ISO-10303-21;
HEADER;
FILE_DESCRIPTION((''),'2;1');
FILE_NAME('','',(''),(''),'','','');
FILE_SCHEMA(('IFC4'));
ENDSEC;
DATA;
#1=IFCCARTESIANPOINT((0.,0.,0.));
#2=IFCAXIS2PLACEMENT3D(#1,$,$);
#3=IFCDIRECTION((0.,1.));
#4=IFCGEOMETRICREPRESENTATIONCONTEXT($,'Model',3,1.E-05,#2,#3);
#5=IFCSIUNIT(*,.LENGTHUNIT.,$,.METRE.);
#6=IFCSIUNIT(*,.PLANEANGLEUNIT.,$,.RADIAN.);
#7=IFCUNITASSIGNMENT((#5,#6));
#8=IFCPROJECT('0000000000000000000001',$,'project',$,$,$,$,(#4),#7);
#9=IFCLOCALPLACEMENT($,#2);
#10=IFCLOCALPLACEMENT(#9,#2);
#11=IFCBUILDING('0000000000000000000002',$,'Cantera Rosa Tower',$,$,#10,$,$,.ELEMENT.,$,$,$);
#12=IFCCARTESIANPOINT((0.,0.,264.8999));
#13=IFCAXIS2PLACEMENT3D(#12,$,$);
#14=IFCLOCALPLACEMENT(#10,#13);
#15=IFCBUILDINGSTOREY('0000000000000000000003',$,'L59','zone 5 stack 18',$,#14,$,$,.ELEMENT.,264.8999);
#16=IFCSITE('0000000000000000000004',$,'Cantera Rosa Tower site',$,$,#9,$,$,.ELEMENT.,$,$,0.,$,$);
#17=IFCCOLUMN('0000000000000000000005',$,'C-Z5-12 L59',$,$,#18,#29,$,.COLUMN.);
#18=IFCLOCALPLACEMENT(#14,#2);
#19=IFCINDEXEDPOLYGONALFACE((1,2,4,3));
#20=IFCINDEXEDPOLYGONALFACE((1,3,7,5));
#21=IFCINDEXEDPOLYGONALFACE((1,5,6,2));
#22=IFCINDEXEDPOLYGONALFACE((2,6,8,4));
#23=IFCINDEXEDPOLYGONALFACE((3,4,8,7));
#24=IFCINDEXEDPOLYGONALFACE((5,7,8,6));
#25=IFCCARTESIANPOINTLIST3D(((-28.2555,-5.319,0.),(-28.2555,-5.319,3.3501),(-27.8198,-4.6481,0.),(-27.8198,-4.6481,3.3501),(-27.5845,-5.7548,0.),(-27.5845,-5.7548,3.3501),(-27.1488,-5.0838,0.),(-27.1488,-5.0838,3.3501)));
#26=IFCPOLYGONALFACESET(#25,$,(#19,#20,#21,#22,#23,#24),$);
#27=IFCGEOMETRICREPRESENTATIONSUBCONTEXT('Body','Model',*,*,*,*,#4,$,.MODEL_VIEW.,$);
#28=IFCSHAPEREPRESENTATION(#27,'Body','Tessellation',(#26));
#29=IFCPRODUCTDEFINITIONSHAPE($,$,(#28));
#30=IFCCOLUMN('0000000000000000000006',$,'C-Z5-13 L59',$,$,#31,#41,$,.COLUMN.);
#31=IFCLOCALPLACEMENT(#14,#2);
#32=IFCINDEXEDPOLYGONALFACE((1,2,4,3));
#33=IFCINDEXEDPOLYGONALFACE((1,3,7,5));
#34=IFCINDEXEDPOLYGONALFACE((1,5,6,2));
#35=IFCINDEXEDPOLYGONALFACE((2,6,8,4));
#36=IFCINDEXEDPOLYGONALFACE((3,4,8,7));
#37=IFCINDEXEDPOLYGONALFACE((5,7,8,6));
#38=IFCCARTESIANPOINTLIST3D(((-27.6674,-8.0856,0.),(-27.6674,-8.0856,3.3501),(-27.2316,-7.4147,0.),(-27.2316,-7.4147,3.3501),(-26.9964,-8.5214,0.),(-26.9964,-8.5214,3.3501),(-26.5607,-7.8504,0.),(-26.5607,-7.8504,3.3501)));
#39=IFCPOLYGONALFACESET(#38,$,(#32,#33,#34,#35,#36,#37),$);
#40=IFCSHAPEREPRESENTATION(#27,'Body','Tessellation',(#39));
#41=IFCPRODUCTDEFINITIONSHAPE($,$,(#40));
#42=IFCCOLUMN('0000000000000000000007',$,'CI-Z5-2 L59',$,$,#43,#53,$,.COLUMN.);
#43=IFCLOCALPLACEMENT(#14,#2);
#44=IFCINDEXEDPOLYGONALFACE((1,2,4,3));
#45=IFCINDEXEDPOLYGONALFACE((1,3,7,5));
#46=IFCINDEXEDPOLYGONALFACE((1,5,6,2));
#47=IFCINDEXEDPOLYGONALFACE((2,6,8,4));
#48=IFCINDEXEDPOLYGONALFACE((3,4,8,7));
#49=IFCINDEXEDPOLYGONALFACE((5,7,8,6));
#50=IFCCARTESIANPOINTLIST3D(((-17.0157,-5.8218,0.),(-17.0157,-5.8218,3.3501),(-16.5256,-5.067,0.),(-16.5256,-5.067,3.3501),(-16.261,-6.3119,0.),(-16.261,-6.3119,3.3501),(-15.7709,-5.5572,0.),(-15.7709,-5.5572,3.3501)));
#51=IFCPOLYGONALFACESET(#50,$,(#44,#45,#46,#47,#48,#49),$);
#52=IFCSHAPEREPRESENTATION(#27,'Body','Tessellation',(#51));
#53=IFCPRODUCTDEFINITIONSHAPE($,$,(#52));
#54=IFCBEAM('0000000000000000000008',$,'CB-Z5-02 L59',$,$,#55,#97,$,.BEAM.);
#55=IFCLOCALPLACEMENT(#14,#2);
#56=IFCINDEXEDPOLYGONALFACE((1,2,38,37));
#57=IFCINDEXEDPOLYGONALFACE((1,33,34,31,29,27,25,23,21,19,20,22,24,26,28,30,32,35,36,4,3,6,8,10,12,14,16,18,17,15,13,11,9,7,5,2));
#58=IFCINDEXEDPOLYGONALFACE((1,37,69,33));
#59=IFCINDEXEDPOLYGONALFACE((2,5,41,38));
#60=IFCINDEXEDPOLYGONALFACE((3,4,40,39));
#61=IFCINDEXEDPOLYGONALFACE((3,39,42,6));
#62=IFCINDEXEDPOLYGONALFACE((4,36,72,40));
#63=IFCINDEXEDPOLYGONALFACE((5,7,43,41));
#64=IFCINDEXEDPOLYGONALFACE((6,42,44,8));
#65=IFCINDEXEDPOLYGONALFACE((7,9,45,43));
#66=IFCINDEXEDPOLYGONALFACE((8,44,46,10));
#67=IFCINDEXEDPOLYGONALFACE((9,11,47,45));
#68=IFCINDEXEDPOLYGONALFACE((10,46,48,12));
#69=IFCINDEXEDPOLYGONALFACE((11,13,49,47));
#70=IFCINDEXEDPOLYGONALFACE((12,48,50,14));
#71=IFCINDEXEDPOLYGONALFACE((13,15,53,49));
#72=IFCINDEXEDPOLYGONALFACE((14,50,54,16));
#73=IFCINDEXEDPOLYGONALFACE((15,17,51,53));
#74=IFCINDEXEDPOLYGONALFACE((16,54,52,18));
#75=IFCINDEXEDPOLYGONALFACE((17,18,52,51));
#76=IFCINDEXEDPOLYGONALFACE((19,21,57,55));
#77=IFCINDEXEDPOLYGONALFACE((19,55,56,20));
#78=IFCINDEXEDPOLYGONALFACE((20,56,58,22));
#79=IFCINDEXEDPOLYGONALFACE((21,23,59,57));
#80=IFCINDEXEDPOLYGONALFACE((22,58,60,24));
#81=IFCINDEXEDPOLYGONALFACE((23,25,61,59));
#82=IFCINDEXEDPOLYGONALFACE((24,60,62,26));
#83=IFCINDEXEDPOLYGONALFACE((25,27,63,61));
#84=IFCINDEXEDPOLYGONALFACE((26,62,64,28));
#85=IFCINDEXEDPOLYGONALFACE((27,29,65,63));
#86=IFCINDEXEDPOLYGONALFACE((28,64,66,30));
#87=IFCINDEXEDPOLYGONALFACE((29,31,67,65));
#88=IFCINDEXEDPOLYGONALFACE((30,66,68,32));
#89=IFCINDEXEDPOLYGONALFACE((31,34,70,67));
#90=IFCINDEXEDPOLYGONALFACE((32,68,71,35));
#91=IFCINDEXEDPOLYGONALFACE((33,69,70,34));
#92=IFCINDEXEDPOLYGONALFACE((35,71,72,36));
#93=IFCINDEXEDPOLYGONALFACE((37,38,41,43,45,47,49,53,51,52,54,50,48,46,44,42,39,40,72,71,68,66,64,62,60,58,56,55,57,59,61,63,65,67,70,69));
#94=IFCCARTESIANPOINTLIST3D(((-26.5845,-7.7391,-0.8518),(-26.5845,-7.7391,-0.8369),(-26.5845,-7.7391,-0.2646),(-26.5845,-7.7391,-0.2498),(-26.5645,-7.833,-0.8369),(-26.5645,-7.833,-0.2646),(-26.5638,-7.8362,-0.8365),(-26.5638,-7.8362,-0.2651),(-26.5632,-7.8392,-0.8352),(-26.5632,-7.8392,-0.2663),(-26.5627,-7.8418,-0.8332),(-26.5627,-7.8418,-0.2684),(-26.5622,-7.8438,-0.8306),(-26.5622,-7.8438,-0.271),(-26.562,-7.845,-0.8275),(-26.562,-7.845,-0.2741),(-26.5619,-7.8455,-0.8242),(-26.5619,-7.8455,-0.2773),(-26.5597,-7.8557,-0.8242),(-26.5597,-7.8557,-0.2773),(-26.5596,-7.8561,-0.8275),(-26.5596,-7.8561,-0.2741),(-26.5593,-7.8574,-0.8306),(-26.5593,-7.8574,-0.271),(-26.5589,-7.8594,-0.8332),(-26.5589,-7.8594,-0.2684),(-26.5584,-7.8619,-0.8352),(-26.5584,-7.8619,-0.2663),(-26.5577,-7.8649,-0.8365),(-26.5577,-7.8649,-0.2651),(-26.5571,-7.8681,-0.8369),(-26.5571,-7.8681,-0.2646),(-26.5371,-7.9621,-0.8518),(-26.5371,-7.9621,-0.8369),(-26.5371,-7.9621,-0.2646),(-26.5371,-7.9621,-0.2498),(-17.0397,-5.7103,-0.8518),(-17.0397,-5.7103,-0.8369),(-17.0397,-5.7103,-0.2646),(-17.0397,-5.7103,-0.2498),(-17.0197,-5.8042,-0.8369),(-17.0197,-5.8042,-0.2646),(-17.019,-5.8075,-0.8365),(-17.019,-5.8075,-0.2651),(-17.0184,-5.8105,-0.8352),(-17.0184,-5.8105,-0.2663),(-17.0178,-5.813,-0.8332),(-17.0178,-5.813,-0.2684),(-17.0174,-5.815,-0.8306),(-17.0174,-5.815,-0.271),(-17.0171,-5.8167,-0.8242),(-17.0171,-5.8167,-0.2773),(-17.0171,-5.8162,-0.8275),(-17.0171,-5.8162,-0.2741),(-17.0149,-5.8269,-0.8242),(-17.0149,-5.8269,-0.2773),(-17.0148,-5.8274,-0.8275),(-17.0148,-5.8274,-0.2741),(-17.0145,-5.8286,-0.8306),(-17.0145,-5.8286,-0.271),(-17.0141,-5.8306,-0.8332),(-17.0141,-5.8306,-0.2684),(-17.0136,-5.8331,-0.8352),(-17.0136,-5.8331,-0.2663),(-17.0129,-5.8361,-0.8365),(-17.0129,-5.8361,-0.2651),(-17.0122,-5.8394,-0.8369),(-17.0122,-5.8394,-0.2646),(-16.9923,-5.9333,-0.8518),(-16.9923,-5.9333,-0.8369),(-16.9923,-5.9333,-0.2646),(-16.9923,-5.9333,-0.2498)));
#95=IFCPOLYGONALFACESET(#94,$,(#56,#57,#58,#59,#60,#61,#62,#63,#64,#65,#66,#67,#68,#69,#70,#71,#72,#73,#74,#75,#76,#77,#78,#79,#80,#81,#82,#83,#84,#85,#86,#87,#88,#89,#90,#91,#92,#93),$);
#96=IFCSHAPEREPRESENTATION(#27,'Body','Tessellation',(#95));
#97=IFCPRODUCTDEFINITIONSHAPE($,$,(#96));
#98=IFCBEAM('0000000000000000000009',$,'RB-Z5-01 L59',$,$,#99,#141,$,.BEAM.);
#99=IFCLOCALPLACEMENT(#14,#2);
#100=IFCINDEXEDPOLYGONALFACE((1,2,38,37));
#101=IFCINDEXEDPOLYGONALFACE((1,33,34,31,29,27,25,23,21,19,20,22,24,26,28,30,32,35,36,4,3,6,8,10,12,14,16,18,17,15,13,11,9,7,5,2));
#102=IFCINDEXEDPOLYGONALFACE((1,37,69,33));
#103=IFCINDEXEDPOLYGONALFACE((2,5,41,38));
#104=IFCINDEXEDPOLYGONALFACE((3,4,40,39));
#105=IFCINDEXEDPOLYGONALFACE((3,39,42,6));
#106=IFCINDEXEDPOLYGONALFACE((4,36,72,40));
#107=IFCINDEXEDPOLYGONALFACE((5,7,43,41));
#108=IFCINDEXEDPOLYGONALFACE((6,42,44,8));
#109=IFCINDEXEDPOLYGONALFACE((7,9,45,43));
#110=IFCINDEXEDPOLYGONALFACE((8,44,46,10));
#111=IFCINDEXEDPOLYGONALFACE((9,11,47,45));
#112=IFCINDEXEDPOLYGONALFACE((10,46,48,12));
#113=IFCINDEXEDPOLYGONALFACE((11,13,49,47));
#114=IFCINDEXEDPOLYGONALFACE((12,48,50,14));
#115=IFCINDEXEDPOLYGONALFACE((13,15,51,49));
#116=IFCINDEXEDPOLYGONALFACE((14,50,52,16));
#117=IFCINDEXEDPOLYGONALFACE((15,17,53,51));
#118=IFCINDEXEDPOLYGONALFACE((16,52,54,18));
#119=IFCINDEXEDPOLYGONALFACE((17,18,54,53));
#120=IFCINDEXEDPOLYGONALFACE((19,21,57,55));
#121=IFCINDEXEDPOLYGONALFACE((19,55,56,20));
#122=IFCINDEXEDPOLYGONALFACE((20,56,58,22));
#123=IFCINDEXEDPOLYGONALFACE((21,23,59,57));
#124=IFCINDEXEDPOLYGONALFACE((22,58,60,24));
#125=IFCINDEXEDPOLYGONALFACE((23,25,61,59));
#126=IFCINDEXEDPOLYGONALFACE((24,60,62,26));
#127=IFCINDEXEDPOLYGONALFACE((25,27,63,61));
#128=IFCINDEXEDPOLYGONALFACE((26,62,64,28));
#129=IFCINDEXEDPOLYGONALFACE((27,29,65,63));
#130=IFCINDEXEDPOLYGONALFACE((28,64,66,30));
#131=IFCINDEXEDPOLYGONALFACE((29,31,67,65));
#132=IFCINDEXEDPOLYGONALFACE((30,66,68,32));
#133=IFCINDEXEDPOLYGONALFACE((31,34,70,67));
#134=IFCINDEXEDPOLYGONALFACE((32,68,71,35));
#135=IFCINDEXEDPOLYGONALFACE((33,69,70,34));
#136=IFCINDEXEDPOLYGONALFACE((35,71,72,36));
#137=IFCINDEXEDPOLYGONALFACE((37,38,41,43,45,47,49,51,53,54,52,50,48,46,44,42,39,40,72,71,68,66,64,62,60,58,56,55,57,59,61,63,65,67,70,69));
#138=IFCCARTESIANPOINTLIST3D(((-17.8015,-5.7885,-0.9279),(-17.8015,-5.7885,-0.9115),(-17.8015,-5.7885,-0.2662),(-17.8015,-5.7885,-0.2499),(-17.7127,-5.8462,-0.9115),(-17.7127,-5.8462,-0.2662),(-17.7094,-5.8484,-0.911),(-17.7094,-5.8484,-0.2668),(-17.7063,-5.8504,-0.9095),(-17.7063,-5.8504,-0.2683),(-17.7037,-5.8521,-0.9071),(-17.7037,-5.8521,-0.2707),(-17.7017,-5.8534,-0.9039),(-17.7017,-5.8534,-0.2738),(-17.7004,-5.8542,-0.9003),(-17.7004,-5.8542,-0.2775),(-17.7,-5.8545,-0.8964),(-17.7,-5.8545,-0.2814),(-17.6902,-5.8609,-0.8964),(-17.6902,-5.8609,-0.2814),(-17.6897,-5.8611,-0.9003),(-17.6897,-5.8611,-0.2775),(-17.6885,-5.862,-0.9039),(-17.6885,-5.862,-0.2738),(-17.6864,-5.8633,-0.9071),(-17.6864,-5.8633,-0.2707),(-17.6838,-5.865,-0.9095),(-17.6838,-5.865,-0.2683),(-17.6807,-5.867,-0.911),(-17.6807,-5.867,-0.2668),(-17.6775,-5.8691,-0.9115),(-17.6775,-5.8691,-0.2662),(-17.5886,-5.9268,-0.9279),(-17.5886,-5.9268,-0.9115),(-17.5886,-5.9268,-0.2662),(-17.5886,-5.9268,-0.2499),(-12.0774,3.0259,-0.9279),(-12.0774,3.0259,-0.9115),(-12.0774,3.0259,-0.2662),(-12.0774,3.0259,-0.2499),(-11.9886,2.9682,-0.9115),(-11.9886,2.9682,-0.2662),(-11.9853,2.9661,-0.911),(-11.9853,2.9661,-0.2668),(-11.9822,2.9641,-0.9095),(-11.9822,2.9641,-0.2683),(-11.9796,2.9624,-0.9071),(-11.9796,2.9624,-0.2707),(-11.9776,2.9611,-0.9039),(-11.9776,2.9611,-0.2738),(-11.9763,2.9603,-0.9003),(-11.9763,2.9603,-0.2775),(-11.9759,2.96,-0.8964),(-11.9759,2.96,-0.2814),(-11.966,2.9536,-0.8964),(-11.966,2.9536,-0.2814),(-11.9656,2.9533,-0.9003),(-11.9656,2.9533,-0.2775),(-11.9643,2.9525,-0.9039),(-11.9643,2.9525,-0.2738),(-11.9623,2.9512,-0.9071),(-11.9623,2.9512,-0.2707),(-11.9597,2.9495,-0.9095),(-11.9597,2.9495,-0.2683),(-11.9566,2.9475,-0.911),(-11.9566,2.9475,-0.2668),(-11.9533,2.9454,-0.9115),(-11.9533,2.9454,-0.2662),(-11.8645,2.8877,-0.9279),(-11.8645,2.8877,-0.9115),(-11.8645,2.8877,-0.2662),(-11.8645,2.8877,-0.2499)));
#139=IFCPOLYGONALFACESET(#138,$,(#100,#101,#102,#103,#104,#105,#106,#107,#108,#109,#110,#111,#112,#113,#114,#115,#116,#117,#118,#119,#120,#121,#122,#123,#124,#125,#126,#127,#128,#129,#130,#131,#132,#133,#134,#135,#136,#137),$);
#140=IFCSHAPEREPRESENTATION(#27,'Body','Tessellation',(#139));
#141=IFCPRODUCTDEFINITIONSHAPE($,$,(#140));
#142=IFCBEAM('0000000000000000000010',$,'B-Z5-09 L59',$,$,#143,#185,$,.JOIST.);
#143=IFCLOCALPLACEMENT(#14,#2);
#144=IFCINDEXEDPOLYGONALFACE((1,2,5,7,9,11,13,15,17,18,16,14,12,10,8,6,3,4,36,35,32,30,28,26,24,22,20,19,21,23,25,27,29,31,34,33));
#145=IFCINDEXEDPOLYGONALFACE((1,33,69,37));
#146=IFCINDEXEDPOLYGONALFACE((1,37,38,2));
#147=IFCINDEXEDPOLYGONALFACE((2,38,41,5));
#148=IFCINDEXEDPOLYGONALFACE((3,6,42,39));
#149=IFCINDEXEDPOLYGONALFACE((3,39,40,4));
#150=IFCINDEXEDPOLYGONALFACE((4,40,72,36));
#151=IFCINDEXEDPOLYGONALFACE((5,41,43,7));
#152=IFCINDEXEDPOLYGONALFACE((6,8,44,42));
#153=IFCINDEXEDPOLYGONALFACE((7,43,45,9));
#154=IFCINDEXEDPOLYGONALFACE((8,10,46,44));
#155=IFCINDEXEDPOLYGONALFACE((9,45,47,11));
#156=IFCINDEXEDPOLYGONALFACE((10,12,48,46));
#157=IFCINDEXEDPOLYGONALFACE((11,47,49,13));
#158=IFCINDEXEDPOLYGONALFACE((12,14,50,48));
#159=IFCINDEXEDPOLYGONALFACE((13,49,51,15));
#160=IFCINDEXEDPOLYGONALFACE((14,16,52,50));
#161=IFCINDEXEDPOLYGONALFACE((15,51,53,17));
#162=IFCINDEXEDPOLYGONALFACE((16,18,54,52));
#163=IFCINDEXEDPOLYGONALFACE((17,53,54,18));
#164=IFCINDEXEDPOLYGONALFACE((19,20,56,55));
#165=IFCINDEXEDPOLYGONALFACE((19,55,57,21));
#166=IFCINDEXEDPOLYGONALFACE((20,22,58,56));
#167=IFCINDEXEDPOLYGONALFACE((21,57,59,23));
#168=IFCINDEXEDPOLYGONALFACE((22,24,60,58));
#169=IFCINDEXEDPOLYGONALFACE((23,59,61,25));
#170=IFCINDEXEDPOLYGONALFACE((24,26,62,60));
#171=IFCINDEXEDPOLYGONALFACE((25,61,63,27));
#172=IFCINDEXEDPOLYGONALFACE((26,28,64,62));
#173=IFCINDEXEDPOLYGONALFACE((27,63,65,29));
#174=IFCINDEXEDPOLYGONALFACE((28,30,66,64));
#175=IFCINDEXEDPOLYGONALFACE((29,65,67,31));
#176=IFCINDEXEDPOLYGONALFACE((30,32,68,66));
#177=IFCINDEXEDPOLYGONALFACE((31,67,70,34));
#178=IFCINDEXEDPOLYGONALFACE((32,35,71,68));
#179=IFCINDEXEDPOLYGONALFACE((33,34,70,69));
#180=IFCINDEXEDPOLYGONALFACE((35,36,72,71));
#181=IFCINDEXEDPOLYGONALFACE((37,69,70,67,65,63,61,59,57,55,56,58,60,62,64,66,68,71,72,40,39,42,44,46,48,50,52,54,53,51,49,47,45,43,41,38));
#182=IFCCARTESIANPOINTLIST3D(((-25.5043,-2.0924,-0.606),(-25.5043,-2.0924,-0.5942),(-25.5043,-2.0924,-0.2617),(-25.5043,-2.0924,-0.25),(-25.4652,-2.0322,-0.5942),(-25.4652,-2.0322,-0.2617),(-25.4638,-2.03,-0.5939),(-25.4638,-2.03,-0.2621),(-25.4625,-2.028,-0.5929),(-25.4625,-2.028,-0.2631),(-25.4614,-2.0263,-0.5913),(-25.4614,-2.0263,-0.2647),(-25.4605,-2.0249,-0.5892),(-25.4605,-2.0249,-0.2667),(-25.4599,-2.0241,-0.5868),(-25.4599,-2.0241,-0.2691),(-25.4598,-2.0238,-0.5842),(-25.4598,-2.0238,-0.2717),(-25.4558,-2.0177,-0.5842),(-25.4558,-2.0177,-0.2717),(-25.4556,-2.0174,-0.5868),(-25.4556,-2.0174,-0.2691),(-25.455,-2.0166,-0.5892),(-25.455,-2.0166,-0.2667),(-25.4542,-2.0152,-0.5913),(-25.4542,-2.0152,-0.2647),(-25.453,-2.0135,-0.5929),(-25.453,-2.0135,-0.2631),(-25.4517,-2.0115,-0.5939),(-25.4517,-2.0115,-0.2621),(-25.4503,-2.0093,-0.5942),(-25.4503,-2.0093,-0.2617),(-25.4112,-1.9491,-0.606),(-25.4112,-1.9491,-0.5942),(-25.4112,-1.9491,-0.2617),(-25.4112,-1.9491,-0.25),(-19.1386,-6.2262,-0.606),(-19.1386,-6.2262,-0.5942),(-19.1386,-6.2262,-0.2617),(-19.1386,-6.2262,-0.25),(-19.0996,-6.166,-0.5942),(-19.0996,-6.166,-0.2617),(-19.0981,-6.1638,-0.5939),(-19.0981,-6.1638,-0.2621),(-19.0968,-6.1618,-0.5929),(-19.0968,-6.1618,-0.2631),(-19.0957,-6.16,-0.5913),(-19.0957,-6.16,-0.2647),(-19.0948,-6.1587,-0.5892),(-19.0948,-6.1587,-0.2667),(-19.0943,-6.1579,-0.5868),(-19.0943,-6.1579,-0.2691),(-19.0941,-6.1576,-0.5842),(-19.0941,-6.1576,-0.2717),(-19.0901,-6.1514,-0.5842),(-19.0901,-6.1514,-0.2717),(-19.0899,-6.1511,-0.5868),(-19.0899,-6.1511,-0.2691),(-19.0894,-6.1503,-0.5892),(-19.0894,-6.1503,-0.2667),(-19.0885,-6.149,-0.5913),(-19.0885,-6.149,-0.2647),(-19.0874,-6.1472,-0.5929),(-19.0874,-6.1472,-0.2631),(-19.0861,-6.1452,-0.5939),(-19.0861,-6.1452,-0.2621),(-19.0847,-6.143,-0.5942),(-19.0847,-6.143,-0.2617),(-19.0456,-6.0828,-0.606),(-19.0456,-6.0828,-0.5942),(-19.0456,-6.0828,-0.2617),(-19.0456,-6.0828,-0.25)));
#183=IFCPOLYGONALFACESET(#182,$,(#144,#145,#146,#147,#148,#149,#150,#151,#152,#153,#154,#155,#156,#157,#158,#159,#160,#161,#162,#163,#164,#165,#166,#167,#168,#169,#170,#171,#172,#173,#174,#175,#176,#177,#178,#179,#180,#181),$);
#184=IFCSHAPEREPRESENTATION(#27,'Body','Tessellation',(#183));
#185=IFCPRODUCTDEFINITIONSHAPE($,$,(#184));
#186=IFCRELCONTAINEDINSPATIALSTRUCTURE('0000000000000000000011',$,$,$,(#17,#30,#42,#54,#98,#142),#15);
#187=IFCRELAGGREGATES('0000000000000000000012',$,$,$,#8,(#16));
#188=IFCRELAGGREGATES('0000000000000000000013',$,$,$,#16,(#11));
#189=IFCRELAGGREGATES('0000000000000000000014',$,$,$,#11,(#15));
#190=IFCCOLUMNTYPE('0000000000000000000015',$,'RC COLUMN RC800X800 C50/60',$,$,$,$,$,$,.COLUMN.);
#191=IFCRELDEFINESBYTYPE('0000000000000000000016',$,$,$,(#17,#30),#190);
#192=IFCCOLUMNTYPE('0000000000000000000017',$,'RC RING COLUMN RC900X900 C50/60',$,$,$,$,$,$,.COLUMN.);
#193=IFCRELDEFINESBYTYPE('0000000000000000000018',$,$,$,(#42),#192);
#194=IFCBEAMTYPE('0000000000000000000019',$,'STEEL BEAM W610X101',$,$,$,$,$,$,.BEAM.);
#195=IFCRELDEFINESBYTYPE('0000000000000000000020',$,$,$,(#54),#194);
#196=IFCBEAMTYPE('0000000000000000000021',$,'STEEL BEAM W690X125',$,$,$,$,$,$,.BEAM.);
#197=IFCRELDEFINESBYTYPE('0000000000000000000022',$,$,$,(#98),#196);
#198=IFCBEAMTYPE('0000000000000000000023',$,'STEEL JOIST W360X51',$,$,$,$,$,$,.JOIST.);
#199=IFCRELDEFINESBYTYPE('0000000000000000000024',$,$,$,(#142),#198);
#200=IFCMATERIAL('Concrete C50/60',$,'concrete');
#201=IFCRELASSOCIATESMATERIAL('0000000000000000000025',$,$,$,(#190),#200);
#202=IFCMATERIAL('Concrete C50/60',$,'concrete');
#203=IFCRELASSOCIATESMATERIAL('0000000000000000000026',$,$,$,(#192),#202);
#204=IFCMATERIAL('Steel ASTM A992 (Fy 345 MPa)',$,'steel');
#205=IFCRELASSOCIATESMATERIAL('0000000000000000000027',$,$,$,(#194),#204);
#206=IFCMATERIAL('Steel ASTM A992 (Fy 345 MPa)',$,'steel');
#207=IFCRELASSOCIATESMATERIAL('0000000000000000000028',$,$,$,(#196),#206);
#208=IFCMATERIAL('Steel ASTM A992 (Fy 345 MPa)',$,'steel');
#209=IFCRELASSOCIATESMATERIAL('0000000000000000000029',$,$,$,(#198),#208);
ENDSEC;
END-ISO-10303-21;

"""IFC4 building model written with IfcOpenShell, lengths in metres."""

from ifc_helpers import new_model, si_unit, direction, frame, origin, origin_2d, place, context, subcontext, project, spatial, rectangle, i_section, extrude, material, material_profile, profile_set, type_object, element, save


model = new_model("IFC4")

# Units and contexts
model_context = context("Model", 3, precision=1e-05, world=origin(), true_north=direction((0.0, 1.0)))
body_context = subcontext(model_context, "Body", "Model", "MODEL_VIEW")
ifc_project = project(units=[si_unit("LENGTHUNIT", "METRE"), si_unit("PLANEANGLEUNIT", "RADIAN")], contexts=[model_context])

# Site, building, storey
site_placement = place(None, origin())
site = spatial("IfcSite", under=ifc_project, at=site_placement, Name="Cantera Rosa Tower site", CompositionType="ELEMENT", RefElevation=0.0)
building_placement = place(site_placement, origin())
building = spatial("IfcBuilding", under=site, at=building_placement, Name="Cantera Rosa Tower", CompositionType="ELEMENT")
storey_placement = place(building_placement, frame((0.0, 0.0, 264.8999)))
storey = spatial("IfcBuildingStorey", under=building, at=storey_placement, Name="L59", Description="zone 5 stack 18", CompositionType="ELEMENT", Elevation=264.8999)

# Columns
ifc_material_1 = material(Name="Concrete C50/60", Category="concrete")
ifc_material_profile_1 = material_profile(ifc_material_1, rectangle(XDim=0.8, YDim=0.8, at=origin_2d()), Name="RC COLUMN RC800X800 C50/60")
ifc_profile_set_1 = profile_set([ifc_material_profile_1], Name="Concrete C50/60")
column_type_1 = type_object("IfcColumnType", Name="RC COLUMN RC800X800 C50/60", PredefinedType="COLUMN", material=ifc_profile_set_1)
for number, where, z_axis, x_axis, name in (
    (1, (-27.7021, -5.2014, 0.0), (0.0, 0.0, 1.0), (0.544639, 0.838671, 0.0), "C-Z5-12 L59"),
    (2, (-27.114, -7.968, 0.0), (0.0, 0.0, 1.0), (0.544639, 0.838671, 0.0), "C-Z5-13 L59"),
):
    element("IfcColumn", number, at=place(storey_placement, frame(where, z_axis=z_axis, x_axis=x_axis)), inside=storey, type_object=column_type_1, Name=name, PredefinedType="COLUMN", context=body_context, shape_type="SweptSolid", body=[
        extrude(rectangle(XDim=0.8, YDim=0.8, at=origin_2d()), origin(), (0.0, 0.0, 1.0), 3.3501),
    ])
ifc_material_2 = material(Name="Concrete C50/60", Category="concrete")
ifc_material_profile_2 = material_profile(ifc_material_2, rectangle(XDim=0.8999, YDim=0.8999, at=origin_2d()), Name="RC RING COLUMN RC900X900 C50/60")
ifc_profile_set_2 = profile_set([ifc_material_profile_2], Name="Concrete C50/60")
column_type_2 = type_object("IfcColumnType", Name="RC RING COLUMN RC900X900 C50/60", PredefinedType="COLUMN", material=ifc_profile_set_2)
column_placement = place(storey_placement, frame((-16.3933, -5.6895, 0.0), z_axis=(0.0, 0.0, 1.0), x_axis=(0.544639, 0.838671, 0.0)))
element("IfcColumn", 3, at=column_placement, inside=storey, type_object=column_type_2, Name="CI-Z5-2 L59", PredefinedType="COLUMN", context=body_context, shape_type="SweptSolid", body=[
    extrude(rectangle(XDim=0.8999, YDim=0.8999, at=origin_2d()), origin(), (0.0, 0.0, 1.0), 3.3501),
])

# Beams
ifc_material_3 = material(Name="Steel ASTM A992 (Fy 345 MPa)", Category="steel")
ifc_material_profile_3 = material_profile(ifc_material_3, i_section(OverallWidth=0.228, OverallDepth=0.6021, WebThickness=0.0105, FlangeThickness=0.0149, FilletRadius=0.0127, at=origin_2d()), Name="W610X101")
ifc_profile_set_3 = profile_set([ifc_material_profile_3], Name="Steel ASTM A992 (Fy 345 MPa)")
beam_type_1 = type_object("IfcBeamType", Name="STEEL BEAM W610X101", PredefinedType="BEAM", material=ifc_profile_set_3)
beam_1_placement = place(storey_placement, frame((-26.5608, -7.8506, -0.5508), z_axis=(0.978148, 0.207909, 0.0), x_axis=(-0.207909, 0.978148, 0.0)))
element("IfcBeam", 4, at=beam_1_placement, inside=storey, type_object=beam_type_1, Name="CB-Z5-02 L59", PredefinedType="BEAM", context=body_context, shape_type="SweptSolid", body=[
    extrude(i_section(OverallWidth=0.228, OverallDepth=0.6021, WebThickness=0.0105, FlangeThickness=0.0149, FilletRadius=0.0127, at=origin_2d()), origin(), (0.0, 0.0, 1.0), 9.7581),
])
ifc_material_4 = material(Name="Steel ASTM A992 (Fy 345 MPa)", Category="steel")
ifc_material_profile_4 = material_profile(ifc_material_4, i_section(OverallWidth=0.2539, OverallDepth=0.678, WebThickness=0.0117, FlangeThickness=0.0164, FilletRadius=0.0151, at=origin_2d()), Name="W690X125")
ifc_profile_set_4 = profile_set([ifc_material_profile_4], Name="Steel ASTM A992 (Fy 345 MPa)")
beam_type_2 = type_object("IfcBeamType", Name="STEEL BEAM W690X125", PredefinedType="BEAM", material=ifc_profile_set_4)
beam_2_placement = place(storey_placement, frame((-17.6951, -5.8577, -0.5889), z_axis=(0.544636, 0.838673, 0.0), x_axis=(-0.838673, 0.544636, 0.0)))
element("IfcBeam", 5, at=beam_2_placement, inside=storey, type_object=beam_type_2, Name="RB-Z5-01 L59", PredefinedType="BEAM", context=body_context, shape_type="SweptSolid", body=[
    extrude(i_section(OverallWidth=0.2539, OverallDepth=0.678, WebThickness=0.0117, FlangeThickness=0.0164, FilletRadius=0.0151, at=origin_2d()), origin(), (0.0, 0.0, 1.0), 10.51),
])
ifc_material_5 = material(Name="Steel ASTM A992 (Fy 345 MPa)", Category="steel")
ifc_material_profile_5 = material_profile(ifc_material_5, i_section(OverallWidth=0.1709, OverallDepth=0.356, WebThickness=0.0073, FlangeThickness=0.0117, FilletRadius=0.01, at=origin_2d()), Name="W360X51")
ifc_profile_set_5 = profile_set([ifc_material_profile_5], Name="Steel ASTM A992 (Fy 345 MPa)")
beam_type_3 = type_object("IfcBeamType", Name="STEEL JOIST W360X51", PredefinedType="JOIST", material=ifc_profile_set_5)
beam_3_placement = place(storey_placement, frame((-25.4578, -2.0208, -0.428), z_axis=(0.83868, -0.544624, 0.0), x_axis=(0.544624, 0.83868, 0.0)))
element("IfcBeam", 6, at=beam_3_placement, inside=storey, type_object=beam_type_3, Name="B-Z5-09 L59", PredefinedType="JOIST", context=body_context, shape_type="SweptSolid", body=[
    extrude(i_section(OverallWidth=0.1709, OverallDepth=0.356, WebThickness=0.0073, FlangeThickness=0.0117, FilletRadius=0.01, at=origin_2d()), origin(), (0.0, 0.0, 1.0), 7.5901),
])

save(model, "model.ifc")
